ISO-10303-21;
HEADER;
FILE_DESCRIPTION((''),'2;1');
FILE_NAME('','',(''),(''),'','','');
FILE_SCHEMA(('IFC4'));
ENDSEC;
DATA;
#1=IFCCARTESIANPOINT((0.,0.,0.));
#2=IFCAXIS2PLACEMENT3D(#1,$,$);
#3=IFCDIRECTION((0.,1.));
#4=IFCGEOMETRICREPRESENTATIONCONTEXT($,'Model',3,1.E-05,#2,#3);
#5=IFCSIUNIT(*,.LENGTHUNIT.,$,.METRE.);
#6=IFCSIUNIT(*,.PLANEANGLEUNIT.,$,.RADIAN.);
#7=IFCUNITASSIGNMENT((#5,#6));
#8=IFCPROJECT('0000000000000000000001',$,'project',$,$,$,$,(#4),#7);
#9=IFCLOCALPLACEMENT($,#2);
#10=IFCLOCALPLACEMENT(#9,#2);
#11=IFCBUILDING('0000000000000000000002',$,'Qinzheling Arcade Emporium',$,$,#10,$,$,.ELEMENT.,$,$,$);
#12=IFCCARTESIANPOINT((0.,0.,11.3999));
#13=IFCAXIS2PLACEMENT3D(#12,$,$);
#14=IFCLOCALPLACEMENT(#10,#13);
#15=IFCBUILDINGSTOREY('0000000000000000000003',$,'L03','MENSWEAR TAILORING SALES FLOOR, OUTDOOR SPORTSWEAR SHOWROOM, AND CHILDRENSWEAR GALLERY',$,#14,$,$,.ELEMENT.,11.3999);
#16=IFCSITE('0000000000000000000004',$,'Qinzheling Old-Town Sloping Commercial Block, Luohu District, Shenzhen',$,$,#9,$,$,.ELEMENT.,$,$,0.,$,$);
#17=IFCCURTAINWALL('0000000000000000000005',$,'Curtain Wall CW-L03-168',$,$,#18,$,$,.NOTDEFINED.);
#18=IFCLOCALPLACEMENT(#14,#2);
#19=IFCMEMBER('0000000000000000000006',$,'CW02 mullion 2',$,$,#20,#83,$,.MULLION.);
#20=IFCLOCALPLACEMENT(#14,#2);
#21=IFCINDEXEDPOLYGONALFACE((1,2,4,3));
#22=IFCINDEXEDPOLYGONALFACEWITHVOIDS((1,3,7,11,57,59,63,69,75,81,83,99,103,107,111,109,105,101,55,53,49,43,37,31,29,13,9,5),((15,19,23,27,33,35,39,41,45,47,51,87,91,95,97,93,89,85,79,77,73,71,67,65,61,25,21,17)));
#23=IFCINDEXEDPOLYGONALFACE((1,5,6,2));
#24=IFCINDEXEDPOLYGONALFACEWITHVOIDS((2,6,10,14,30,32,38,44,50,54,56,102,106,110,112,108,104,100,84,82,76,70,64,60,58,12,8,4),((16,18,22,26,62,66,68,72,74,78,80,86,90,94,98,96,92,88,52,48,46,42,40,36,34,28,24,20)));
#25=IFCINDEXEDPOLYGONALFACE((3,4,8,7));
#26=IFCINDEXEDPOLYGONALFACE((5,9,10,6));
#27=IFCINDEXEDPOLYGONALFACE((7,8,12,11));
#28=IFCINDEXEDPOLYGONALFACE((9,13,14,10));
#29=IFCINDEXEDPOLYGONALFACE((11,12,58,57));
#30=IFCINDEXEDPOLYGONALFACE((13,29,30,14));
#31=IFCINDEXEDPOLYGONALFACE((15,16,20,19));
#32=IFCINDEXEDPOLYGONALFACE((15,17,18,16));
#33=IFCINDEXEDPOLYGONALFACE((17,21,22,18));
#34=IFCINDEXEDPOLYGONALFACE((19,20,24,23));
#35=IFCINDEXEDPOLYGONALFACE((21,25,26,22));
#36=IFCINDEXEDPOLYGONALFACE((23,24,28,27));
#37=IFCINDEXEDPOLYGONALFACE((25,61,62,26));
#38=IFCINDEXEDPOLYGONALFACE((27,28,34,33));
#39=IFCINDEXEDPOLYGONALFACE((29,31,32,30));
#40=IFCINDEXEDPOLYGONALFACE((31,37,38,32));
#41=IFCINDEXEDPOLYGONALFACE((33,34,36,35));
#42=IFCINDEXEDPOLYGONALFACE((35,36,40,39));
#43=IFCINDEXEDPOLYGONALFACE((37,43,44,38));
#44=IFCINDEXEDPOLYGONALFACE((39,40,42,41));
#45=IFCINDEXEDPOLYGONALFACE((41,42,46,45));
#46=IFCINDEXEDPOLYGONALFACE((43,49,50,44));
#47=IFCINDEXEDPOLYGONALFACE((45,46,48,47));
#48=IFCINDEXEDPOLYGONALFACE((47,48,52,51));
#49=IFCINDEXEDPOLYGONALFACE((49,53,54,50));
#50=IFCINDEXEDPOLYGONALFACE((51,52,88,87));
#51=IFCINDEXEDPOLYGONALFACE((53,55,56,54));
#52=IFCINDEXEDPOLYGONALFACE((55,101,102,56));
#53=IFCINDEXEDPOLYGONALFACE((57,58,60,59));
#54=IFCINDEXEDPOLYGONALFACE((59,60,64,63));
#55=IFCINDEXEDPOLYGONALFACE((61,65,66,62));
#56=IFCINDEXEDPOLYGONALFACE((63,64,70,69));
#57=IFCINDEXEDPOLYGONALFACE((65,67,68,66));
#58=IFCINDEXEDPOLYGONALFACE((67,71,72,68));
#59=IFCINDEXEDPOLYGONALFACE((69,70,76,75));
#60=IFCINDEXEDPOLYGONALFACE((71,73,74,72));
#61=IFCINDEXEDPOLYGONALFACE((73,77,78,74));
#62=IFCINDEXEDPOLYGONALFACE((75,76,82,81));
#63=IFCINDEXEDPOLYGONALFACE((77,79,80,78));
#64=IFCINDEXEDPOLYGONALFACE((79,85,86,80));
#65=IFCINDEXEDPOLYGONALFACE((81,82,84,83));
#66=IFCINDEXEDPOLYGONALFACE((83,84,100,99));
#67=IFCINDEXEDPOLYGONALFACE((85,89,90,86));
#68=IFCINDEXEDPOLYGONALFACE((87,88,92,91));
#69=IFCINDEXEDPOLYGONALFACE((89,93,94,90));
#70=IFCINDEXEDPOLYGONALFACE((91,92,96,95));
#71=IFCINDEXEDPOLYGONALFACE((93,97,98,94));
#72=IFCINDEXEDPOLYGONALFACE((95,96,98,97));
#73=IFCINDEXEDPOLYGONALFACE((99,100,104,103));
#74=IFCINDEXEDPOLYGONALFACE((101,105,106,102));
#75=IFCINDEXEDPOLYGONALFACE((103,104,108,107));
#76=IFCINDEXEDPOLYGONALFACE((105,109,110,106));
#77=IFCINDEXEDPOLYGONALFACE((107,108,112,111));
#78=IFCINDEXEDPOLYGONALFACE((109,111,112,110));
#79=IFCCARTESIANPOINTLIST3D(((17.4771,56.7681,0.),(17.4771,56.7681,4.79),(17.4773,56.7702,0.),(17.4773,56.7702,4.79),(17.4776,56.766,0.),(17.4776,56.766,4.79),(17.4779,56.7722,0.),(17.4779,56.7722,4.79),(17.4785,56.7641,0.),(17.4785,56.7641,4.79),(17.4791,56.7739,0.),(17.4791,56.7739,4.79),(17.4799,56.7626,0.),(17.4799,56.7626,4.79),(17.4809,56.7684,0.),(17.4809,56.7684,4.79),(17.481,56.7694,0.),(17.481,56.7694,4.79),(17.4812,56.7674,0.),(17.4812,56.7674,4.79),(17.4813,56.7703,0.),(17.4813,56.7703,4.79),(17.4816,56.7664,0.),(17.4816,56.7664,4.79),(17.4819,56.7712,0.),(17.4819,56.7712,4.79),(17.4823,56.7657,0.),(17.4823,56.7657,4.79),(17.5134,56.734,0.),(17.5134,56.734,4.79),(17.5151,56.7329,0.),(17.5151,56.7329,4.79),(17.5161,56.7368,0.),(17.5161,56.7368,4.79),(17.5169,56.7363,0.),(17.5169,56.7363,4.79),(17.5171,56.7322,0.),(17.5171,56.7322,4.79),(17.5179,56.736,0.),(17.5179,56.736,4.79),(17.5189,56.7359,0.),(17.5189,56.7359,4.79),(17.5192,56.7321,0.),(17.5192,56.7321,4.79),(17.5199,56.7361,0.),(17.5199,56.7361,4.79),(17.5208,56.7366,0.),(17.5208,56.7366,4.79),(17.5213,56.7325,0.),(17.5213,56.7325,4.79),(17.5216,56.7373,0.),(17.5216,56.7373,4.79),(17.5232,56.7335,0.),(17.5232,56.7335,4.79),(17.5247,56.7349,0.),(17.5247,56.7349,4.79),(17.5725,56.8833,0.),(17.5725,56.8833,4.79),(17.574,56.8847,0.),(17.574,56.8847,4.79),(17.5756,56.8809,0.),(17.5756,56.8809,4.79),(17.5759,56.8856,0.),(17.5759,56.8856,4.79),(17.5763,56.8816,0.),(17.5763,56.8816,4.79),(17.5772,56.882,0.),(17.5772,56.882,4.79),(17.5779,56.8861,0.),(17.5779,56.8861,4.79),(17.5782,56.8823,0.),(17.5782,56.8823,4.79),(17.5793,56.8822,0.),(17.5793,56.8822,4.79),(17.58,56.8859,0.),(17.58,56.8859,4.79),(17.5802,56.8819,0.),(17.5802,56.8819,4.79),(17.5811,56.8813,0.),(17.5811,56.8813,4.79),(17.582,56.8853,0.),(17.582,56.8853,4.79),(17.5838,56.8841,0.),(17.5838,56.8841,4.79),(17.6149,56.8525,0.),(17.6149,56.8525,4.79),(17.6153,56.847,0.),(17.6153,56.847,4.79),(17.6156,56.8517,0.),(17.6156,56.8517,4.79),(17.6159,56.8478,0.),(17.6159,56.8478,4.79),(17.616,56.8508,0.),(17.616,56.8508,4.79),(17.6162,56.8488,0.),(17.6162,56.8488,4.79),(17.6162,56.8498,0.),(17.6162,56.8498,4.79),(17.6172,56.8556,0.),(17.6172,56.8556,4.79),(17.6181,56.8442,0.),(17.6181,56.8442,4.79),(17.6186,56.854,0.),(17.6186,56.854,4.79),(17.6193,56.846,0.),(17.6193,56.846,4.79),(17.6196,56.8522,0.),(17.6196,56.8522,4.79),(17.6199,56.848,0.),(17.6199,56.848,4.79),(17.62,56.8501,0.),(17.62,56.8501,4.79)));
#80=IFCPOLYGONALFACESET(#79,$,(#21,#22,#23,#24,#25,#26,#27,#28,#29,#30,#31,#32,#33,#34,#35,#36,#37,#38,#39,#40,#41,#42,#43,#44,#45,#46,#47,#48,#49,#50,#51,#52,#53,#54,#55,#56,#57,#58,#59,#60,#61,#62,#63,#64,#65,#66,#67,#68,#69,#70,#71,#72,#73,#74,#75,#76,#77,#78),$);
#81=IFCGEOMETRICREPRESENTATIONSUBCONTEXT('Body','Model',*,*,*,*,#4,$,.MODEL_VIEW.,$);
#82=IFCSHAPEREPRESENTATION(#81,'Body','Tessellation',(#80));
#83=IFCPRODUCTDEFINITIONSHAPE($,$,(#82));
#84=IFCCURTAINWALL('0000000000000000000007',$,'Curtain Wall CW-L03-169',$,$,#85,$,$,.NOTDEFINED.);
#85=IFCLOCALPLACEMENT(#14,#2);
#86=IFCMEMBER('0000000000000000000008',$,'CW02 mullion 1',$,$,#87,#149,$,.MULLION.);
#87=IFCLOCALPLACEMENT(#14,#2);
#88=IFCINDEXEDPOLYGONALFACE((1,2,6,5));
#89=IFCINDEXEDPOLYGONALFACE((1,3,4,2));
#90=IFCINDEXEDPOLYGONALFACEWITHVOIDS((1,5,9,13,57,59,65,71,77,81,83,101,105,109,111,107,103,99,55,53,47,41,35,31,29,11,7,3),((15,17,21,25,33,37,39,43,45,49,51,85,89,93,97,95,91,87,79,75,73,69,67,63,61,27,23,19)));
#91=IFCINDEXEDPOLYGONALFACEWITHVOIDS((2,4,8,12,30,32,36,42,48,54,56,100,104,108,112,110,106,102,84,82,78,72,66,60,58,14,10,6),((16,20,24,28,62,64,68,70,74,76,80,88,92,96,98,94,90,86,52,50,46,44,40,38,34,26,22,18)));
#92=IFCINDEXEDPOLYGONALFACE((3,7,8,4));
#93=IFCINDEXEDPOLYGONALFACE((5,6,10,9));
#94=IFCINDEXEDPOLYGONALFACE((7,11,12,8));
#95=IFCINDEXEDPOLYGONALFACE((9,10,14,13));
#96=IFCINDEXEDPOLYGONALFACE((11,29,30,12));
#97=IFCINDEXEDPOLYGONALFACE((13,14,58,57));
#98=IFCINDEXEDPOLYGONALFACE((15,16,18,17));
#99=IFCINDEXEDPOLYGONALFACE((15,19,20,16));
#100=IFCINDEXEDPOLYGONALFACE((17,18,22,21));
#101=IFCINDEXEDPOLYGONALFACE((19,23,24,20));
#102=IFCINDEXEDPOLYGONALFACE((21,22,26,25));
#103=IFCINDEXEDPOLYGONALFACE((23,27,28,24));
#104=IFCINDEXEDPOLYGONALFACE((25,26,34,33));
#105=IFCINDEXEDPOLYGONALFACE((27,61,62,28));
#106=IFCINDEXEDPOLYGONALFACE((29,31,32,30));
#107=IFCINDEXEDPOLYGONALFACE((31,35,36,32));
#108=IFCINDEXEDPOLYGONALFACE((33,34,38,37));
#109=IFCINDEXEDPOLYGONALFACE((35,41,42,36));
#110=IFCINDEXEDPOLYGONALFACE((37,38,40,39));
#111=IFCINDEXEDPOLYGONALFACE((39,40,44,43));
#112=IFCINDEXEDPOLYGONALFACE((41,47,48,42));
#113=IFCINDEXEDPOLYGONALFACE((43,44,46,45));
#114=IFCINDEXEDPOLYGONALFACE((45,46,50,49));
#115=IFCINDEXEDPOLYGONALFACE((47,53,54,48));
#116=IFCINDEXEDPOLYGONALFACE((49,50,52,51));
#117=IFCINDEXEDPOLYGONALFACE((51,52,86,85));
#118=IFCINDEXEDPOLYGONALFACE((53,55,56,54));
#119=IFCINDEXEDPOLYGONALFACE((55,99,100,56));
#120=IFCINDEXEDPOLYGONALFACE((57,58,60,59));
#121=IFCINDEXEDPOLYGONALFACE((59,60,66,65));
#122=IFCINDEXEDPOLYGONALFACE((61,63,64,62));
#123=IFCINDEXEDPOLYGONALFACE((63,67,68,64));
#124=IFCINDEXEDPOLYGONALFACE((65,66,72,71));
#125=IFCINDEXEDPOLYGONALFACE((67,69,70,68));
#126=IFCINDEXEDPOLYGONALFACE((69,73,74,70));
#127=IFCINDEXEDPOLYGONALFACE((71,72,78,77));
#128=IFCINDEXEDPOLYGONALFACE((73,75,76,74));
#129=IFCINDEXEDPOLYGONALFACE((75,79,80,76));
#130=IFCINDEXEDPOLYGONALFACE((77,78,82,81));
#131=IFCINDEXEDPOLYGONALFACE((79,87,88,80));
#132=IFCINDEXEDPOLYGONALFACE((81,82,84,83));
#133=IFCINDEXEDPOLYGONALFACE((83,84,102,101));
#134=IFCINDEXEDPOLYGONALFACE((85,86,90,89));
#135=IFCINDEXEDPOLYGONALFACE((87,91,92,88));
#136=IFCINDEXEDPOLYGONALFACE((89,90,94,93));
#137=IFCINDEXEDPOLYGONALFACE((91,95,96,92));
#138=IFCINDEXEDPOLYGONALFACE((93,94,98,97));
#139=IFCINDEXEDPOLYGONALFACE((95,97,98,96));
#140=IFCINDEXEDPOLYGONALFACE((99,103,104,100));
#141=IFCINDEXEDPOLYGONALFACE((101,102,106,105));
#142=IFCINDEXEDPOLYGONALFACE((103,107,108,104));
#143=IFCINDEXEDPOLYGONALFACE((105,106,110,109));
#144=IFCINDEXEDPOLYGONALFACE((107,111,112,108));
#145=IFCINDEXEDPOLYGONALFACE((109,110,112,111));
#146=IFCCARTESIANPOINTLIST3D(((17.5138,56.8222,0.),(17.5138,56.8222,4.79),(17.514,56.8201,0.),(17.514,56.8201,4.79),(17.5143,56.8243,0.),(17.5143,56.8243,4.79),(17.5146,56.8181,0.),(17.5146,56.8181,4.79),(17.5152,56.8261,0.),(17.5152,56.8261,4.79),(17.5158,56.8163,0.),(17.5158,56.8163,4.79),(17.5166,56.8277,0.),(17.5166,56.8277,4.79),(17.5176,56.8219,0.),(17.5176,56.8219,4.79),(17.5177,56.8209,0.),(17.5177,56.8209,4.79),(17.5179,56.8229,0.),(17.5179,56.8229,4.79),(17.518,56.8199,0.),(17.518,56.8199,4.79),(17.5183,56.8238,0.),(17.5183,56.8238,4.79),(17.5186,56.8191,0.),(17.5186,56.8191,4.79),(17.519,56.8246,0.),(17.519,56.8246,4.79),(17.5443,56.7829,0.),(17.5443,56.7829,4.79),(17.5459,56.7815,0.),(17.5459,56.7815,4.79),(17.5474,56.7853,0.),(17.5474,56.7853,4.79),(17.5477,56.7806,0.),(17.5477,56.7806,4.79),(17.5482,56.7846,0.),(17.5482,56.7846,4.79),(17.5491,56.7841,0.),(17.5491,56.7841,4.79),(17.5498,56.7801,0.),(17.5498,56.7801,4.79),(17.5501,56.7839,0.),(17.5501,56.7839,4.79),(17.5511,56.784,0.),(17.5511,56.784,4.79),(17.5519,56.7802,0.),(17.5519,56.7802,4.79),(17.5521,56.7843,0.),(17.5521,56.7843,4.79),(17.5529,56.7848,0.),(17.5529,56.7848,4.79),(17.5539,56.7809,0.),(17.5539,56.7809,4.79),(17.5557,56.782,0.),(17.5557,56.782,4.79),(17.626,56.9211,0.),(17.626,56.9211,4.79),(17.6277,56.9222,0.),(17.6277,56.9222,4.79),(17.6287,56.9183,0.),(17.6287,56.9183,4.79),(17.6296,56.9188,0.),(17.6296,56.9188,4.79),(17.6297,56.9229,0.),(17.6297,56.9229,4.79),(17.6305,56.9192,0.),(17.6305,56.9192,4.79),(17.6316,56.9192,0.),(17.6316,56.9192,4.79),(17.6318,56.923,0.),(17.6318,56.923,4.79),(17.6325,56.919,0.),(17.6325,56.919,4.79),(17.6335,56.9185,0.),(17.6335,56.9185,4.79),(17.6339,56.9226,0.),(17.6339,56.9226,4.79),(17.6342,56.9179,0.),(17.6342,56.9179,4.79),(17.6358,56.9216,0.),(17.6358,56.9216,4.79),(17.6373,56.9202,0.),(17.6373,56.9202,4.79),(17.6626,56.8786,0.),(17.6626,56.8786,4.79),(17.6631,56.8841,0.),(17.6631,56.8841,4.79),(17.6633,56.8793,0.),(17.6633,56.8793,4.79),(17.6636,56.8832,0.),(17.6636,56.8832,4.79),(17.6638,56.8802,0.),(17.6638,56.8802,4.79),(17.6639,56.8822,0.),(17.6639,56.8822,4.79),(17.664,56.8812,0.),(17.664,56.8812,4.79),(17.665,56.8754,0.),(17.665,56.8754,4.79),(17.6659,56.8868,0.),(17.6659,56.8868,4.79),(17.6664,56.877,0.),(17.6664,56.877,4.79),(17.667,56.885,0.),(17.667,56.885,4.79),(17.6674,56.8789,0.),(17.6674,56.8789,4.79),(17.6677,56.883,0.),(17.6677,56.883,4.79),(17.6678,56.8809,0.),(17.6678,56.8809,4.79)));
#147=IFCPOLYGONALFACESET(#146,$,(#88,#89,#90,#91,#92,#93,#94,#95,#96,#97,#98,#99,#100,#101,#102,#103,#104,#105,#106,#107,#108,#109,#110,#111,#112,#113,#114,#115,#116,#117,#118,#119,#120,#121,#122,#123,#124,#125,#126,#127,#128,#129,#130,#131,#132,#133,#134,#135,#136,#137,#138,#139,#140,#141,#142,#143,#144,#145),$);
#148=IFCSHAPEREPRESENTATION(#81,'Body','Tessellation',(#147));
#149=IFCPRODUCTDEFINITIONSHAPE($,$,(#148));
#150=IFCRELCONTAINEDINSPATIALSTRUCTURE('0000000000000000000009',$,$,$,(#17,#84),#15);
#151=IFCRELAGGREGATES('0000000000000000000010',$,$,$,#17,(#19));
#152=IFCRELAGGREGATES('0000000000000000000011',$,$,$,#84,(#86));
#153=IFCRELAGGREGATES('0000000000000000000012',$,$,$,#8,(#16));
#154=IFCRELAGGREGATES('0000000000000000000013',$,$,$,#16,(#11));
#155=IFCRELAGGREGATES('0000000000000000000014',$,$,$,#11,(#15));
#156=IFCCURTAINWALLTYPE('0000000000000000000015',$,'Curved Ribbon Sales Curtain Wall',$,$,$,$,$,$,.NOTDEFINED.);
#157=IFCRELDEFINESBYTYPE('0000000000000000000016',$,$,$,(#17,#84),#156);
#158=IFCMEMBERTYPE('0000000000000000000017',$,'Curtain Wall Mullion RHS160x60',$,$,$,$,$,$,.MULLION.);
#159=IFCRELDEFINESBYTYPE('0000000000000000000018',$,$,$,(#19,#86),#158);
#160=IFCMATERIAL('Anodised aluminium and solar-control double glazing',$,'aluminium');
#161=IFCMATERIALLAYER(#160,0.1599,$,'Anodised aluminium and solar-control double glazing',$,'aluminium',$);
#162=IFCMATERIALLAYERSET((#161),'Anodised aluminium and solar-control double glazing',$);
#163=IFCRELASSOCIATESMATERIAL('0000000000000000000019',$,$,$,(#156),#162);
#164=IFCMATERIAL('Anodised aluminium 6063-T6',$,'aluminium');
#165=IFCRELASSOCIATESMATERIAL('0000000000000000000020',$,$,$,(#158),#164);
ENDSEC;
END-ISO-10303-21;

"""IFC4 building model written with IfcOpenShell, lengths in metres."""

from ifc_helpers import new_model, si_unit, direction, frame, origin, origin_2d, place, context, subcontext, project, spatial, hollow_rectangle, extrude, material, layer, layer_set, material_profile, profile_set, type_object, element, aggregate, save


model = new_model("IFC4")

# Units and contexts
model_context = context("Model", 3, precision=1e-05, world=origin(), true_north=direction((0.0, 1.0)))
body_context = subcontext(model_context, "Body", "Model", "MODEL_VIEW")
ifc_project = project(units=[si_unit("LENGTHUNIT", "METRE"), si_unit("PLANEANGLEUNIT", "RADIAN")], contexts=[model_context])

# Site, building, storey
site_placement = place(None, origin())
site = spatial("IfcSite", under=ifc_project, at=site_placement, Name="Qinzheling Old-Town Sloping Commercial Block, Luohu District, Shenzhen", CompositionType="ELEMENT", RefElevation=0.0)
building_placement = place(site_placement, origin())
building = spatial("IfcBuilding", under=site, at=building_placement, Name="Qinzheling Arcade Emporium", CompositionType="ELEMENT")
storey_placement = place(building_placement, frame((0.0, 0.0, 11.3999)))
storey = spatial("IfcBuildingStorey", under=building, at=storey_placement, Name="L03", Description="MENSWEAR TAILORING SALES FLOOR, OUTDOOR SPORTSWEAR SHOWROOM, AND CHILDRENSWEAR GALLERY", CompositionType="ELEMENT", Elevation=11.3999)

# Shared definitions
ifc_material_1 = material(Name="Anodised aluminium and solar-control double glazing", Category="aluminium")
ifc_layer_1 = layer(ifc_material_1, 0.1599, Name="Anodised aluminium and solar-control double glazing", Category="aluminium")
ifc_layer_set_1 = layer_set([ifc_layer_1], Name="Anodised aluminium and solar-control double glazing")
curtain_wall_type = type_object("IfcCurtainWallType", Name="Curved Ribbon Sales Curtain Wall", PredefinedType="NOTDEFINED", material=ifc_layer_set_1)
ifc_material_2 = material(Name="Anodised aluminium 6063-T6", Category="aluminium")
ifc_material_profile_1 = material_profile(ifc_material_2, hollow_rectangle(XDim=0.0601, YDim=0.1599, WallThickness=0.0039, InnerFilletRadius=0.0039, OuterFilletRadius=0.0081, at=origin_2d()), Name="RHS 160x60x4", Category="aluminium")
ifc_profile_set_1 = profile_set([ifc_material_profile_1], Name="Anodised aluminium 6063-T6")
member_type_1 = type_object("IfcMemberType", Name="Curtain Wall Mullion RHS160x60", PredefinedType="MULLION", material=ifc_profile_set_1)

# Curtain walls, members
curtain_wall_1_placement = place(storey_placement, origin())
curtain_wall_1 = element("IfcCurtainWall", 1, at=curtain_wall_1_placement, inside=storey, type_object=curtain_wall_type, Name="Curtain Wall CW-L03-168", PredefinedType="NOTDEFINED")
member_1_placement = place(storey_placement, frame((17.5486, 56.8091, 0.0), z_axis=(0.0, 0.0, 1.0), x_axis=(-0.760351, 0.649513, 0.0)))
member_1 = element("IfcMember", 2, at=member_1_placement, type_object=member_type_1, Name="CW02 mullion 2", PredefinedType="MULLION", context=body_context, shape_type="SweptSolid", body=[
    extrude(hollow_rectangle(XDim=0.0601, YDim=0.1599, WallThickness=0.0039, InnerFilletRadius=0.0039, OuterFilletRadius=0.0081, at=origin_2d()), origin(), (0.0, 0.0, 1.0), 4.79),
])
curtain_wall_2_placement = place(storey_placement, origin())
curtain_wall_2 = element("IfcCurtainWall", 3, at=curtain_wall_2_placement, inside=storey, type_object=curtain_wall_type, Name="Curtain Wall CW-L03-169", PredefinedType="NOTDEFINED")
member_2_placement = place(storey_placement, frame((17.5908, 56.8516, 0.0), z_axis=(0.0, 0.0, 1.0), x_axis=(-0.649513, 0.760351, 0.0)))
member_2 = element("IfcMember", 4, at=member_2_placement, type_object=member_type_1, Name="CW02 mullion 1", PredefinedType="MULLION", context=body_context, shape_type="SweptSolid", body=[
    extrude(hollow_rectangle(XDim=0.0601, YDim=0.1599, WallThickness=0.0039, InnerFilletRadius=0.0039, OuterFilletRadius=0.0081, at=origin_2d()), origin(), (0.0, 0.0, 1.0), 4.79),
])

aggregate(curtain_wall_1, [member_1])
aggregate(curtain_wall_2, [member_2])

save(model, "model.ifc")
